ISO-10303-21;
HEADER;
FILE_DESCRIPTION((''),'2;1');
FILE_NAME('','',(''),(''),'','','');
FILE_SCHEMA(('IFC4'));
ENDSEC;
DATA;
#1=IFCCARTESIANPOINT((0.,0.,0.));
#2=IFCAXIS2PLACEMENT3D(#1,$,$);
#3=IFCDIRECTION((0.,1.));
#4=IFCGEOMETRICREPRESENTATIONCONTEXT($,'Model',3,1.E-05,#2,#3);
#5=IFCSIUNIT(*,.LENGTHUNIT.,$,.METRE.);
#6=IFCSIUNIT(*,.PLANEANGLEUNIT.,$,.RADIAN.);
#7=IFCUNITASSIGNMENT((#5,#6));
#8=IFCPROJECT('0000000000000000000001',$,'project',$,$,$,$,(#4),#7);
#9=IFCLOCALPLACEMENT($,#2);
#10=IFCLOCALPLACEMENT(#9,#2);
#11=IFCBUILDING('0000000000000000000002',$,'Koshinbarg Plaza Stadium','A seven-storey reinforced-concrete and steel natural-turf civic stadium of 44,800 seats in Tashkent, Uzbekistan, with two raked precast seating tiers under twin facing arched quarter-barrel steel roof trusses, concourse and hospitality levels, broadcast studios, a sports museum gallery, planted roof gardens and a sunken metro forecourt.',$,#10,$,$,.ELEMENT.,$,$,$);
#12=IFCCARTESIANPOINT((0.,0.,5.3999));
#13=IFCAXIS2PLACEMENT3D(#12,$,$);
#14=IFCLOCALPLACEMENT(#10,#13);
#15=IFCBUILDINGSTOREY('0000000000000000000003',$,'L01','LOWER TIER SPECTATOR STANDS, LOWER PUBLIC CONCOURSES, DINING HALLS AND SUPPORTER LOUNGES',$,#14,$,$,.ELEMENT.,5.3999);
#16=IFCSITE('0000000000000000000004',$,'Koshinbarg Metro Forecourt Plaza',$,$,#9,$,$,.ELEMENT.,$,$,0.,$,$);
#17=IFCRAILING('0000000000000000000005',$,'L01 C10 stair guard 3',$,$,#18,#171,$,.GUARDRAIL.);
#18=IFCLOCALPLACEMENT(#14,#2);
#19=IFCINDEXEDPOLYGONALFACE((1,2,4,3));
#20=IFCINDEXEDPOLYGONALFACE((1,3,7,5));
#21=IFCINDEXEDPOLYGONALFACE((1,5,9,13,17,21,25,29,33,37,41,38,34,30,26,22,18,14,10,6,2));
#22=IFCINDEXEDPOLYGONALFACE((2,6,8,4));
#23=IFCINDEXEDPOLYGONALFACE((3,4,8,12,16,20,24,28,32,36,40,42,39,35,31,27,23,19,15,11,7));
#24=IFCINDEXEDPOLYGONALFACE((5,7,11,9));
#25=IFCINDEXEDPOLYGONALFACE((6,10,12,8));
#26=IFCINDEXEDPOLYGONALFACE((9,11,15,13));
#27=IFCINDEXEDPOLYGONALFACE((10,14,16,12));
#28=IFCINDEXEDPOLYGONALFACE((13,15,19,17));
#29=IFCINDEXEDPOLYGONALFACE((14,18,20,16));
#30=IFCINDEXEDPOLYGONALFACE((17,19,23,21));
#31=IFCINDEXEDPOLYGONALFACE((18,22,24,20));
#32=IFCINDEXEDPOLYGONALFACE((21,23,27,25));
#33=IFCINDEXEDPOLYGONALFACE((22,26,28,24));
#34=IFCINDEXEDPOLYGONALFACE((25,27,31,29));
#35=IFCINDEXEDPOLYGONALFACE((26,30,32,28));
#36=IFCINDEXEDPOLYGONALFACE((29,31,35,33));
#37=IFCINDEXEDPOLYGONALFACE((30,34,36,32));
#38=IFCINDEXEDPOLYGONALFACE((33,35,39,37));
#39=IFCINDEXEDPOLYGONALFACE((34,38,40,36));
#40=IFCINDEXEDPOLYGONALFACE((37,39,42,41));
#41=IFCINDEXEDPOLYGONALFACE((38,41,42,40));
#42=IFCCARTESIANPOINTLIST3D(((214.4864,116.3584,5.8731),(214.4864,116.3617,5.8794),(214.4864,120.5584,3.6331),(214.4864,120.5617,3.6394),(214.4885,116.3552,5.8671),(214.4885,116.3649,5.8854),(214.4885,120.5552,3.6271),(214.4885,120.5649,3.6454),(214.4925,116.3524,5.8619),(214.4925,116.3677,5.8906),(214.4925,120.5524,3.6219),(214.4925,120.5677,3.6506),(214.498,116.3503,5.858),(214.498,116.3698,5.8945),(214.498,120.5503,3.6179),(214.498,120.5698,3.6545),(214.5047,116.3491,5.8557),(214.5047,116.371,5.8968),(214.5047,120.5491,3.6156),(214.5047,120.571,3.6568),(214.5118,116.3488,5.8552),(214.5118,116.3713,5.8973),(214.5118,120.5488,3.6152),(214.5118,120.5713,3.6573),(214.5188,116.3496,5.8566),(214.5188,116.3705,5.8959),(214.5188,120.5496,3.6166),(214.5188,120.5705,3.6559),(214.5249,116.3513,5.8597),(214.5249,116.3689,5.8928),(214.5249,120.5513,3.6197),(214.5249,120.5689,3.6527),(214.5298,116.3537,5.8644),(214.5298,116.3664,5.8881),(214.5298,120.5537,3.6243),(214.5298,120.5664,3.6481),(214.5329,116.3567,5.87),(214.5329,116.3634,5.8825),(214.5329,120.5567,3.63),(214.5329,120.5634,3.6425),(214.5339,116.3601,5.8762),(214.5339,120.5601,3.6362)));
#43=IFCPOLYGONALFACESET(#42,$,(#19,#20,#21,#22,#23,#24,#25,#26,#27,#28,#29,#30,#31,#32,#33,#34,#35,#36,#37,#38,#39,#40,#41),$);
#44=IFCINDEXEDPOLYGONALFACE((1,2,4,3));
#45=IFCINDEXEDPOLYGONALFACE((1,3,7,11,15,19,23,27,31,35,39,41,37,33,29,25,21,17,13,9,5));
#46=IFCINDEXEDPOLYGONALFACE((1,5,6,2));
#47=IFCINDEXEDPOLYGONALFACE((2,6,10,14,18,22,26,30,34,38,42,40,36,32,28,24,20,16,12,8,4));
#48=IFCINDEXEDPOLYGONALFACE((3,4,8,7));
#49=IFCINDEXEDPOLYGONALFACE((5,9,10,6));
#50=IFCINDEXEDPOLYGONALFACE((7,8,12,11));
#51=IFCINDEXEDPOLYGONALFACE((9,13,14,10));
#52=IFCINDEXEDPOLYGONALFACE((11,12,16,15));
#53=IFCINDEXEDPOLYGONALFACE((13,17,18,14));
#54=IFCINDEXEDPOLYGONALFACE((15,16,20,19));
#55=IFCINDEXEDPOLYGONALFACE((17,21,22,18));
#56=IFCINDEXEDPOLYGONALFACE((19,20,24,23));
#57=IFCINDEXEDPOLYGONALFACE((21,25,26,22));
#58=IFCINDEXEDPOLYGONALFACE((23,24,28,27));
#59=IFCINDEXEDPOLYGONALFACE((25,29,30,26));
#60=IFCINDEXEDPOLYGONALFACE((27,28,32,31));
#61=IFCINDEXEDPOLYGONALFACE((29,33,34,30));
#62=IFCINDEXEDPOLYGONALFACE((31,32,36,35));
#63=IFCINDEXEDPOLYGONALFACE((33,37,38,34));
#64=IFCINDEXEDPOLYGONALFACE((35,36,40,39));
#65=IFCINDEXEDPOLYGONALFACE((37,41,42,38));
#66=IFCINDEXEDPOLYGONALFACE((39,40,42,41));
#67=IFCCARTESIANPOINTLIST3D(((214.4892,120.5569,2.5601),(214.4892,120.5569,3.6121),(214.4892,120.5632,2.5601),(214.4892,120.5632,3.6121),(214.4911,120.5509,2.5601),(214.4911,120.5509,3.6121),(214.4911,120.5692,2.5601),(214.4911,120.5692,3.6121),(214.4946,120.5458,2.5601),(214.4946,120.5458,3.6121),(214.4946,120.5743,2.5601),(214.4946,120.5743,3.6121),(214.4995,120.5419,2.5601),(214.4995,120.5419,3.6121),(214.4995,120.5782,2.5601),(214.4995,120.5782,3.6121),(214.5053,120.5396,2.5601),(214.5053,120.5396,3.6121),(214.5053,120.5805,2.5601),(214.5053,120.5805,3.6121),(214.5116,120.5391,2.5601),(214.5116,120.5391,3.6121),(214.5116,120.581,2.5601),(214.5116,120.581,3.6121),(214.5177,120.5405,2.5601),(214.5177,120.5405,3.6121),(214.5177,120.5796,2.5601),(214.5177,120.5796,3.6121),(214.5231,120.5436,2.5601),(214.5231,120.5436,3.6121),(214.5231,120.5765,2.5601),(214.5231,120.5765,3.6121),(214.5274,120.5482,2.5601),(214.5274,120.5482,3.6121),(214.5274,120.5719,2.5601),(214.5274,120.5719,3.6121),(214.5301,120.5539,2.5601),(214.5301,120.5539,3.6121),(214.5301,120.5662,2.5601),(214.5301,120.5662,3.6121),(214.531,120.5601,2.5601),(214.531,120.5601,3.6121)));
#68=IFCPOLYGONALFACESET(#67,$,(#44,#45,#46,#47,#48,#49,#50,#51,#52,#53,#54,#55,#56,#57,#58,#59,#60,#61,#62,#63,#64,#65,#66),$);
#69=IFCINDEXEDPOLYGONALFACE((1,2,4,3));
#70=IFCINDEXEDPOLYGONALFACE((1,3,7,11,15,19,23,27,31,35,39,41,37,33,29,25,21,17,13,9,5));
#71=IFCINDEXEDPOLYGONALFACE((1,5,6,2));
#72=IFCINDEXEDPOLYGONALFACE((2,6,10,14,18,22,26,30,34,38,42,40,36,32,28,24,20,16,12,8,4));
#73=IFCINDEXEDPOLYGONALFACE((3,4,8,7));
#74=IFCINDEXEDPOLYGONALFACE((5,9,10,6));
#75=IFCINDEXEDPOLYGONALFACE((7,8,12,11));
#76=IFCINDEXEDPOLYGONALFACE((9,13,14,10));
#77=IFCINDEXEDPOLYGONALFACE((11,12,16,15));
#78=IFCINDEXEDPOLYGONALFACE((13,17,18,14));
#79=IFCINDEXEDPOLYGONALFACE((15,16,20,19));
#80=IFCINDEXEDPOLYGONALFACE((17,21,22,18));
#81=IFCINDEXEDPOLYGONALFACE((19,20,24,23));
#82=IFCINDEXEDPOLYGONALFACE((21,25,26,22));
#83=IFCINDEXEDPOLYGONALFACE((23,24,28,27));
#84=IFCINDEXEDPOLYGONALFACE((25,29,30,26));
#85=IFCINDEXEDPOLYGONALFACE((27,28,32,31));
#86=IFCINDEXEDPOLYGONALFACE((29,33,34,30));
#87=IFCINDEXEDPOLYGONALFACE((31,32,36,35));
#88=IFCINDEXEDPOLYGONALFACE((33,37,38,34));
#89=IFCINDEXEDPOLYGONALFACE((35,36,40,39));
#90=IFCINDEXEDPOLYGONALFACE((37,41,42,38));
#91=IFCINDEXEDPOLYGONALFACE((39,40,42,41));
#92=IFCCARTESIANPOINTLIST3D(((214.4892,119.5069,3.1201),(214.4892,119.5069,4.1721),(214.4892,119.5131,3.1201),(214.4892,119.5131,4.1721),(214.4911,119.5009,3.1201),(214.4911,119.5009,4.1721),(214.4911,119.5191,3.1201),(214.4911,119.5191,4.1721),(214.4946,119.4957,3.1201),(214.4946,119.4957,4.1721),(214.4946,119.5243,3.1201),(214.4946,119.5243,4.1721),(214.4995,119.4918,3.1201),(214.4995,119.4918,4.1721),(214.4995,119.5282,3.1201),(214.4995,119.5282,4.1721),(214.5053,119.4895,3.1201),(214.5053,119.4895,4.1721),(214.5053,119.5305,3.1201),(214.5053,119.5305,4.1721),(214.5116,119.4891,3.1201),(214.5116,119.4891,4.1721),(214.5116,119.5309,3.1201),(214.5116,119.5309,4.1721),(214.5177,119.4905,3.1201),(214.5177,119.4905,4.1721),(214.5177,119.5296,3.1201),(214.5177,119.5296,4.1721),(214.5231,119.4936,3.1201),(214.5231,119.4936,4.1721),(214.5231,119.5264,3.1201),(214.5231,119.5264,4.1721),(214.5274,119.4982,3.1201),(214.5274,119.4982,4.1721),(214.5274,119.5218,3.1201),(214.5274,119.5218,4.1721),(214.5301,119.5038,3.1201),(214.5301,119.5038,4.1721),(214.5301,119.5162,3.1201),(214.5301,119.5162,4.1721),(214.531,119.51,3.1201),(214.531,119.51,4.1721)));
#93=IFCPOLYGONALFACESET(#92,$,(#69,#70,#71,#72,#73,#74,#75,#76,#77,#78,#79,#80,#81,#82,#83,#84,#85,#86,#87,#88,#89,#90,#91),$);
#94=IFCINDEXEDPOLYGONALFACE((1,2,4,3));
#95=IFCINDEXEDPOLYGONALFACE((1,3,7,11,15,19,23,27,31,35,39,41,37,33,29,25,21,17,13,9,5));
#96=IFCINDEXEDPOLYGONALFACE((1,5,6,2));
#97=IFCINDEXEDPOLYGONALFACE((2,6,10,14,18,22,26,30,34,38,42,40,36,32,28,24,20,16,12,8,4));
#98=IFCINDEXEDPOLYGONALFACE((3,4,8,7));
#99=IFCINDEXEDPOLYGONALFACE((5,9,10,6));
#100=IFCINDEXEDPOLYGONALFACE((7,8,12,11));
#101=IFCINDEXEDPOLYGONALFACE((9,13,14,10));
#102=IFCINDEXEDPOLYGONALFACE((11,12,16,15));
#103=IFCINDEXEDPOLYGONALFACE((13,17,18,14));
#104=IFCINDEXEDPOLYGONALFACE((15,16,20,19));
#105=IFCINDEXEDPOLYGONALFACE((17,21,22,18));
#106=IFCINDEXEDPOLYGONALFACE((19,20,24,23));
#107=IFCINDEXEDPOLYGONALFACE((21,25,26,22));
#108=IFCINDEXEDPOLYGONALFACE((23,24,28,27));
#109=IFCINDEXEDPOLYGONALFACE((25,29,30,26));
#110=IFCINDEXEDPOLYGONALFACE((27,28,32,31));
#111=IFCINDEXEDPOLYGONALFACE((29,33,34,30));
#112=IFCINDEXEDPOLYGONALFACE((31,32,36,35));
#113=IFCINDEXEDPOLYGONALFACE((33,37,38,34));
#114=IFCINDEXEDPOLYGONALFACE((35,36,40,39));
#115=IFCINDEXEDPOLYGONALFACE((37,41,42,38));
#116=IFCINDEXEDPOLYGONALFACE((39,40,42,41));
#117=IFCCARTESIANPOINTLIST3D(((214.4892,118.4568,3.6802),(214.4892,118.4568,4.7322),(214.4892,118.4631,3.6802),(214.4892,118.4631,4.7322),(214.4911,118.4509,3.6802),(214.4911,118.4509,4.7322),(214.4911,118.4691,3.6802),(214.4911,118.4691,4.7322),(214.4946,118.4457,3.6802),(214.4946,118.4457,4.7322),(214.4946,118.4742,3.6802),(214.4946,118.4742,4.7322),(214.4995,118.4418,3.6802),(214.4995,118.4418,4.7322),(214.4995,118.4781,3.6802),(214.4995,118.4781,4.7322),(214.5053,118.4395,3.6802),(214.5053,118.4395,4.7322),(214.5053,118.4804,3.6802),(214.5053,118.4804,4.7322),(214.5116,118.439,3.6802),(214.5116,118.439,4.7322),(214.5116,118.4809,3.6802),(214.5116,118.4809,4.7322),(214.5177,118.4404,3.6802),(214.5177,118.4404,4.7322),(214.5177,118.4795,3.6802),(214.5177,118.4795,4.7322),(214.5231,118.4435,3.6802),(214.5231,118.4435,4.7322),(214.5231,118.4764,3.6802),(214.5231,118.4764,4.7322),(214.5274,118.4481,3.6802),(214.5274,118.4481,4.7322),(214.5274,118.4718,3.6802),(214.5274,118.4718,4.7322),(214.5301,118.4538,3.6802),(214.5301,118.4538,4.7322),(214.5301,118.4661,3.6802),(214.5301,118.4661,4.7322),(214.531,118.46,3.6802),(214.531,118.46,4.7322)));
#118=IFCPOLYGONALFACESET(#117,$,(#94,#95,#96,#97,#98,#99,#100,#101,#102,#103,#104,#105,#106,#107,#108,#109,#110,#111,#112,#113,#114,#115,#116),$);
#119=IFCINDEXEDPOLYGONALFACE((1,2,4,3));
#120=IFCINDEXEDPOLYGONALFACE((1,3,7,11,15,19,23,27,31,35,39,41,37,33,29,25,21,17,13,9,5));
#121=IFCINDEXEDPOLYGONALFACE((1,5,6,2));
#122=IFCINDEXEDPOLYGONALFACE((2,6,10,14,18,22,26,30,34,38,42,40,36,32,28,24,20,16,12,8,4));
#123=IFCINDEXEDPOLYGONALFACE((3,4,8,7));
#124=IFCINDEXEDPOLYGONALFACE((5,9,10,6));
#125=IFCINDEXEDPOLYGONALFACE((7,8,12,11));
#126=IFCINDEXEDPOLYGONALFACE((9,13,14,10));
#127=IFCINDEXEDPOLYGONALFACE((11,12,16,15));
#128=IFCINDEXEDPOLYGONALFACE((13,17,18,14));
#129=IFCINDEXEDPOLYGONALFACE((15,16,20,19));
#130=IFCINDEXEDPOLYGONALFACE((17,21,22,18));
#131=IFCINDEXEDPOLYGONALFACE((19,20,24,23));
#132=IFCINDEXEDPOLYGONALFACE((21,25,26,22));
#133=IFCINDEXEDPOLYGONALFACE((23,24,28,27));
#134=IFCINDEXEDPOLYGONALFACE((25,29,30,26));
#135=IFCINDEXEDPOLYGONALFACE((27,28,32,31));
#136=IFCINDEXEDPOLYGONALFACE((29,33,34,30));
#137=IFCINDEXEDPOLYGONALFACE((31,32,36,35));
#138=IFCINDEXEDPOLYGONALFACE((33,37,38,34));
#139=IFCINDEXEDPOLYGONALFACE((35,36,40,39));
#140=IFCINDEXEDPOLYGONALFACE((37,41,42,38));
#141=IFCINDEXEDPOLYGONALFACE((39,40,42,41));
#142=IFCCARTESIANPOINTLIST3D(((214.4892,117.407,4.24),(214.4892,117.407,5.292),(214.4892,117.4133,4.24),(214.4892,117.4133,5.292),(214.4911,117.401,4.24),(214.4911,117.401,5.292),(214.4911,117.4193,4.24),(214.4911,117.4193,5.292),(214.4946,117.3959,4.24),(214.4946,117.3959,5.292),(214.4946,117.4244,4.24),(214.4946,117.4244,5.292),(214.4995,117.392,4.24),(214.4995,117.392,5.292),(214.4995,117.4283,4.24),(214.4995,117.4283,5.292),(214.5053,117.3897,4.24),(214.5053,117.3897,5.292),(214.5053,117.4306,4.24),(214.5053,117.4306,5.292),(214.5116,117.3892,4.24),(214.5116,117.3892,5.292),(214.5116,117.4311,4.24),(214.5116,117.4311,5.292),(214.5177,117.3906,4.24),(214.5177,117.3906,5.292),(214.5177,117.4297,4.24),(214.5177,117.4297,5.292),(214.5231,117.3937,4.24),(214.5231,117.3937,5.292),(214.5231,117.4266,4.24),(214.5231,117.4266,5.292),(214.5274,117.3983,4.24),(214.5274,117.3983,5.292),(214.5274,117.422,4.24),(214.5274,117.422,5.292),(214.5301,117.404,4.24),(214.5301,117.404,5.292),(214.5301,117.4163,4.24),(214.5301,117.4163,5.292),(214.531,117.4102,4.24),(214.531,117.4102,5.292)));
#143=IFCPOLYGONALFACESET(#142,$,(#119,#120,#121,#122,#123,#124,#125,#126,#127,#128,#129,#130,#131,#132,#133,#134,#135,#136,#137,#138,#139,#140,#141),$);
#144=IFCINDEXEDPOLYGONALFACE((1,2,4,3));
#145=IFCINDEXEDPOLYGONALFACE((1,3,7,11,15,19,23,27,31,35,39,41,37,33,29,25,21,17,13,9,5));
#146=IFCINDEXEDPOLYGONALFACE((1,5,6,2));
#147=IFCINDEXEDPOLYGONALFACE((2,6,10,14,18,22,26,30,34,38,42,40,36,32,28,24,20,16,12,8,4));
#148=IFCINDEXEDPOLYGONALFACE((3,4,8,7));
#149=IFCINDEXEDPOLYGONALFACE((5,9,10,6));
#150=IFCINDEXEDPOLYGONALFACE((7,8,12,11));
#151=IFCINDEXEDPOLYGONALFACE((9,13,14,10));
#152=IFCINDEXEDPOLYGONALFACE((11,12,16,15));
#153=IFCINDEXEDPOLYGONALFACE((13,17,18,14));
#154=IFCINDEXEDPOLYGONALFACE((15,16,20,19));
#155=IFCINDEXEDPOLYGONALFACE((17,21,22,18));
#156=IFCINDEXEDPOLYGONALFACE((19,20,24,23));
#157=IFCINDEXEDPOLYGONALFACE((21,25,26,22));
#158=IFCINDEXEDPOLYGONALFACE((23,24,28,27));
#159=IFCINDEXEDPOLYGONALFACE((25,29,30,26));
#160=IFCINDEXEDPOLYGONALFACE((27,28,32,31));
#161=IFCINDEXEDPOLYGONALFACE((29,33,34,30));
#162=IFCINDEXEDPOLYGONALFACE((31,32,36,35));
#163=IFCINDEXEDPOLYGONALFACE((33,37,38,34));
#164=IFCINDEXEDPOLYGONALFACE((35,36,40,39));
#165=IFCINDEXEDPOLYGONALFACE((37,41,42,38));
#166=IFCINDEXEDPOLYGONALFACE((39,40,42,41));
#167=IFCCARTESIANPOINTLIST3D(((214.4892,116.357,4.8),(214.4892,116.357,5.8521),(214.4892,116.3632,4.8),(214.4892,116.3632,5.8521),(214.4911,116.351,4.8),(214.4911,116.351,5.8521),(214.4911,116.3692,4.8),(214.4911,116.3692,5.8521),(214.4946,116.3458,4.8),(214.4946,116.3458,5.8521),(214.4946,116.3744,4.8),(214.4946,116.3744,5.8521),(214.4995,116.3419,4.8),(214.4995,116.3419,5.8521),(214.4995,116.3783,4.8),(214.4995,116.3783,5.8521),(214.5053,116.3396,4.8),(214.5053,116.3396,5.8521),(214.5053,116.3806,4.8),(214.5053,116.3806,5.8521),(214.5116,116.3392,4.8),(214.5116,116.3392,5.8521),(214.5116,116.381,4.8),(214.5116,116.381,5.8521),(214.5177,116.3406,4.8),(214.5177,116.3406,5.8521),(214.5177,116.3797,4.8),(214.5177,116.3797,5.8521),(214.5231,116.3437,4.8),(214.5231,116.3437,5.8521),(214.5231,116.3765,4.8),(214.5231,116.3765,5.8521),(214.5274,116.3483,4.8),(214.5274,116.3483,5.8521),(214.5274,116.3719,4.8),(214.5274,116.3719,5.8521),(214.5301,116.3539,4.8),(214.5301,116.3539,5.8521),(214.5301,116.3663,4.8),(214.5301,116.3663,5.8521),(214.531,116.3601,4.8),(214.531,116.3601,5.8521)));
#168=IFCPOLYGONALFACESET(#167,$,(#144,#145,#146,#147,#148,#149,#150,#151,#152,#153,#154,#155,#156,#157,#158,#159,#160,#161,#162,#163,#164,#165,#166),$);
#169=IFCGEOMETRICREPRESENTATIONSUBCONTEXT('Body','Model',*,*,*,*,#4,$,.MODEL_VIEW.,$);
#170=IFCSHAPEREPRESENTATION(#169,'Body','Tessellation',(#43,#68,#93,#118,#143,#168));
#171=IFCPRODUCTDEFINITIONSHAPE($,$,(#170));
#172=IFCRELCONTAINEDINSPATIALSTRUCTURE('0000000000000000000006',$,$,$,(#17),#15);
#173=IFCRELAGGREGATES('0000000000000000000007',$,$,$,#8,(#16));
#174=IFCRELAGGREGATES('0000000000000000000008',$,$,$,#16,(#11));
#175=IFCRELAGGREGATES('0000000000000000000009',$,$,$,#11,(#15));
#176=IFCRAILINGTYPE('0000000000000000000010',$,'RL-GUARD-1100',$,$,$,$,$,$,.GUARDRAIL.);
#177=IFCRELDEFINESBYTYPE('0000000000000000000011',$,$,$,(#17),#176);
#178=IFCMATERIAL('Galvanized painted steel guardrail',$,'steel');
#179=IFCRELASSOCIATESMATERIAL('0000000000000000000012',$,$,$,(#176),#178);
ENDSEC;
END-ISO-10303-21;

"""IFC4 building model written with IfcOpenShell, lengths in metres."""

from ifc_helpers import new_model, si_unit, direction, frame, origin, origin_2d, place, context, subcontext, project, spatial, circle, extrude, material, type_object, element, save


model = new_model("IFC4")

# Units and contexts
model_context = context("Model", 3, precision=1e-05, world=origin(), true_north=direction((0.0, 1.0)))
body_context = subcontext(model_context, "Body", "Model", "MODEL_VIEW")
ifc_project = project(units=[si_unit("LENGTHUNIT", "METRE"), si_unit("PLANEANGLEUNIT", "RADIAN")], contexts=[model_context])

# Site, building, storey
site_placement = place(None, origin())
site = spatial("IfcSite", under=ifc_project, at=site_placement, Name="Koshinbarg Metro Forecourt Plaza", CompositionType="ELEMENT", RefElevation=0.0)
building_placement = place(site_placement, origin())
building = spatial("IfcBuilding", under=site, at=building_placement, Name="Koshinbarg Plaza Stadium", Description="A seven-storey reinforced-concrete and steel natural-turf civic stadium of 44,800 seats in Tashkent, Uzbekistan, with two raked precast seating tiers under twin facing arched quarter-barrel steel roof trusses, concourse and hospitality levels, broadcast studios, a sports museum gallery, planted roof gardens and a sunken metro forecourt.", CompositionType="ELEMENT")
storey_placement = place(building_placement, frame((0.0, 0.0, 5.3999)))
storey = spatial("IfcBuildingStorey", under=building, at=storey_placement, Name="L01", Description="LOWER TIER SPECTATOR STANDS, LOWER PUBLIC CONCOURSES, DINING HALLS AND SUPPORTER LOUNGES", CompositionType="ELEMENT", Elevation=5.3999)

# Railing
ifc_material_1 = material(Name="Galvanized painted steel guardrail", Category="steel")
railing_type_1 = type_object("IfcRailingType", Name="RL-GUARD-1100", PredefinedType="GUARDRAIL", material=ifc_material_1)
railing_1_placement = place(storey_placement, frame((214.51, 120.5601, 2.5601)))
element("IfcRailing", 1, at=railing_1_placement, inside=storey, type_object=railing_type_1, Name="L01 C10 stair guard 3", PredefinedType="GUARDRAIL", context=body_context, shape_type="SweptSolid", body=[
    extrude(circle(Radius=0.0239, at=origin_2d()), frame((0.0, 0.0, 1.0762), z_axis=(0.0, -0.882352, 0.470591), x_axis=(1.0, 0.0, 0.0)), (0.0, 0.0, 1.0), 4.76),
    extrude(circle(Radius=0.021, at=origin_2d()), origin(), (0.0, 0.0, 1.0), 1.052),
    extrude(circle(Radius=0.021, at=origin_2d()), frame((0.0, -1.05, 0.5601)), (0.0, 0.0, 1.0), 1.052),
    extrude(circle(Radius=0.021, at=origin_2d()), frame((0.0, -2.1001, 1.1201)), (0.0, 0.0, 1.0), 1.052),
    extrude(circle(Radius=0.021, at=origin_2d()), frame((0.0, -3.1499, 1.6799)), (0.0, 0.0, 1.0), 1.052),
    extrude(circle(Radius=0.021, at=origin_2d()), frame((0.0, -4.2, 2.24)), (0.0, 0.0, 1.0), 1.052),
])

save(model, "model.ifc")
